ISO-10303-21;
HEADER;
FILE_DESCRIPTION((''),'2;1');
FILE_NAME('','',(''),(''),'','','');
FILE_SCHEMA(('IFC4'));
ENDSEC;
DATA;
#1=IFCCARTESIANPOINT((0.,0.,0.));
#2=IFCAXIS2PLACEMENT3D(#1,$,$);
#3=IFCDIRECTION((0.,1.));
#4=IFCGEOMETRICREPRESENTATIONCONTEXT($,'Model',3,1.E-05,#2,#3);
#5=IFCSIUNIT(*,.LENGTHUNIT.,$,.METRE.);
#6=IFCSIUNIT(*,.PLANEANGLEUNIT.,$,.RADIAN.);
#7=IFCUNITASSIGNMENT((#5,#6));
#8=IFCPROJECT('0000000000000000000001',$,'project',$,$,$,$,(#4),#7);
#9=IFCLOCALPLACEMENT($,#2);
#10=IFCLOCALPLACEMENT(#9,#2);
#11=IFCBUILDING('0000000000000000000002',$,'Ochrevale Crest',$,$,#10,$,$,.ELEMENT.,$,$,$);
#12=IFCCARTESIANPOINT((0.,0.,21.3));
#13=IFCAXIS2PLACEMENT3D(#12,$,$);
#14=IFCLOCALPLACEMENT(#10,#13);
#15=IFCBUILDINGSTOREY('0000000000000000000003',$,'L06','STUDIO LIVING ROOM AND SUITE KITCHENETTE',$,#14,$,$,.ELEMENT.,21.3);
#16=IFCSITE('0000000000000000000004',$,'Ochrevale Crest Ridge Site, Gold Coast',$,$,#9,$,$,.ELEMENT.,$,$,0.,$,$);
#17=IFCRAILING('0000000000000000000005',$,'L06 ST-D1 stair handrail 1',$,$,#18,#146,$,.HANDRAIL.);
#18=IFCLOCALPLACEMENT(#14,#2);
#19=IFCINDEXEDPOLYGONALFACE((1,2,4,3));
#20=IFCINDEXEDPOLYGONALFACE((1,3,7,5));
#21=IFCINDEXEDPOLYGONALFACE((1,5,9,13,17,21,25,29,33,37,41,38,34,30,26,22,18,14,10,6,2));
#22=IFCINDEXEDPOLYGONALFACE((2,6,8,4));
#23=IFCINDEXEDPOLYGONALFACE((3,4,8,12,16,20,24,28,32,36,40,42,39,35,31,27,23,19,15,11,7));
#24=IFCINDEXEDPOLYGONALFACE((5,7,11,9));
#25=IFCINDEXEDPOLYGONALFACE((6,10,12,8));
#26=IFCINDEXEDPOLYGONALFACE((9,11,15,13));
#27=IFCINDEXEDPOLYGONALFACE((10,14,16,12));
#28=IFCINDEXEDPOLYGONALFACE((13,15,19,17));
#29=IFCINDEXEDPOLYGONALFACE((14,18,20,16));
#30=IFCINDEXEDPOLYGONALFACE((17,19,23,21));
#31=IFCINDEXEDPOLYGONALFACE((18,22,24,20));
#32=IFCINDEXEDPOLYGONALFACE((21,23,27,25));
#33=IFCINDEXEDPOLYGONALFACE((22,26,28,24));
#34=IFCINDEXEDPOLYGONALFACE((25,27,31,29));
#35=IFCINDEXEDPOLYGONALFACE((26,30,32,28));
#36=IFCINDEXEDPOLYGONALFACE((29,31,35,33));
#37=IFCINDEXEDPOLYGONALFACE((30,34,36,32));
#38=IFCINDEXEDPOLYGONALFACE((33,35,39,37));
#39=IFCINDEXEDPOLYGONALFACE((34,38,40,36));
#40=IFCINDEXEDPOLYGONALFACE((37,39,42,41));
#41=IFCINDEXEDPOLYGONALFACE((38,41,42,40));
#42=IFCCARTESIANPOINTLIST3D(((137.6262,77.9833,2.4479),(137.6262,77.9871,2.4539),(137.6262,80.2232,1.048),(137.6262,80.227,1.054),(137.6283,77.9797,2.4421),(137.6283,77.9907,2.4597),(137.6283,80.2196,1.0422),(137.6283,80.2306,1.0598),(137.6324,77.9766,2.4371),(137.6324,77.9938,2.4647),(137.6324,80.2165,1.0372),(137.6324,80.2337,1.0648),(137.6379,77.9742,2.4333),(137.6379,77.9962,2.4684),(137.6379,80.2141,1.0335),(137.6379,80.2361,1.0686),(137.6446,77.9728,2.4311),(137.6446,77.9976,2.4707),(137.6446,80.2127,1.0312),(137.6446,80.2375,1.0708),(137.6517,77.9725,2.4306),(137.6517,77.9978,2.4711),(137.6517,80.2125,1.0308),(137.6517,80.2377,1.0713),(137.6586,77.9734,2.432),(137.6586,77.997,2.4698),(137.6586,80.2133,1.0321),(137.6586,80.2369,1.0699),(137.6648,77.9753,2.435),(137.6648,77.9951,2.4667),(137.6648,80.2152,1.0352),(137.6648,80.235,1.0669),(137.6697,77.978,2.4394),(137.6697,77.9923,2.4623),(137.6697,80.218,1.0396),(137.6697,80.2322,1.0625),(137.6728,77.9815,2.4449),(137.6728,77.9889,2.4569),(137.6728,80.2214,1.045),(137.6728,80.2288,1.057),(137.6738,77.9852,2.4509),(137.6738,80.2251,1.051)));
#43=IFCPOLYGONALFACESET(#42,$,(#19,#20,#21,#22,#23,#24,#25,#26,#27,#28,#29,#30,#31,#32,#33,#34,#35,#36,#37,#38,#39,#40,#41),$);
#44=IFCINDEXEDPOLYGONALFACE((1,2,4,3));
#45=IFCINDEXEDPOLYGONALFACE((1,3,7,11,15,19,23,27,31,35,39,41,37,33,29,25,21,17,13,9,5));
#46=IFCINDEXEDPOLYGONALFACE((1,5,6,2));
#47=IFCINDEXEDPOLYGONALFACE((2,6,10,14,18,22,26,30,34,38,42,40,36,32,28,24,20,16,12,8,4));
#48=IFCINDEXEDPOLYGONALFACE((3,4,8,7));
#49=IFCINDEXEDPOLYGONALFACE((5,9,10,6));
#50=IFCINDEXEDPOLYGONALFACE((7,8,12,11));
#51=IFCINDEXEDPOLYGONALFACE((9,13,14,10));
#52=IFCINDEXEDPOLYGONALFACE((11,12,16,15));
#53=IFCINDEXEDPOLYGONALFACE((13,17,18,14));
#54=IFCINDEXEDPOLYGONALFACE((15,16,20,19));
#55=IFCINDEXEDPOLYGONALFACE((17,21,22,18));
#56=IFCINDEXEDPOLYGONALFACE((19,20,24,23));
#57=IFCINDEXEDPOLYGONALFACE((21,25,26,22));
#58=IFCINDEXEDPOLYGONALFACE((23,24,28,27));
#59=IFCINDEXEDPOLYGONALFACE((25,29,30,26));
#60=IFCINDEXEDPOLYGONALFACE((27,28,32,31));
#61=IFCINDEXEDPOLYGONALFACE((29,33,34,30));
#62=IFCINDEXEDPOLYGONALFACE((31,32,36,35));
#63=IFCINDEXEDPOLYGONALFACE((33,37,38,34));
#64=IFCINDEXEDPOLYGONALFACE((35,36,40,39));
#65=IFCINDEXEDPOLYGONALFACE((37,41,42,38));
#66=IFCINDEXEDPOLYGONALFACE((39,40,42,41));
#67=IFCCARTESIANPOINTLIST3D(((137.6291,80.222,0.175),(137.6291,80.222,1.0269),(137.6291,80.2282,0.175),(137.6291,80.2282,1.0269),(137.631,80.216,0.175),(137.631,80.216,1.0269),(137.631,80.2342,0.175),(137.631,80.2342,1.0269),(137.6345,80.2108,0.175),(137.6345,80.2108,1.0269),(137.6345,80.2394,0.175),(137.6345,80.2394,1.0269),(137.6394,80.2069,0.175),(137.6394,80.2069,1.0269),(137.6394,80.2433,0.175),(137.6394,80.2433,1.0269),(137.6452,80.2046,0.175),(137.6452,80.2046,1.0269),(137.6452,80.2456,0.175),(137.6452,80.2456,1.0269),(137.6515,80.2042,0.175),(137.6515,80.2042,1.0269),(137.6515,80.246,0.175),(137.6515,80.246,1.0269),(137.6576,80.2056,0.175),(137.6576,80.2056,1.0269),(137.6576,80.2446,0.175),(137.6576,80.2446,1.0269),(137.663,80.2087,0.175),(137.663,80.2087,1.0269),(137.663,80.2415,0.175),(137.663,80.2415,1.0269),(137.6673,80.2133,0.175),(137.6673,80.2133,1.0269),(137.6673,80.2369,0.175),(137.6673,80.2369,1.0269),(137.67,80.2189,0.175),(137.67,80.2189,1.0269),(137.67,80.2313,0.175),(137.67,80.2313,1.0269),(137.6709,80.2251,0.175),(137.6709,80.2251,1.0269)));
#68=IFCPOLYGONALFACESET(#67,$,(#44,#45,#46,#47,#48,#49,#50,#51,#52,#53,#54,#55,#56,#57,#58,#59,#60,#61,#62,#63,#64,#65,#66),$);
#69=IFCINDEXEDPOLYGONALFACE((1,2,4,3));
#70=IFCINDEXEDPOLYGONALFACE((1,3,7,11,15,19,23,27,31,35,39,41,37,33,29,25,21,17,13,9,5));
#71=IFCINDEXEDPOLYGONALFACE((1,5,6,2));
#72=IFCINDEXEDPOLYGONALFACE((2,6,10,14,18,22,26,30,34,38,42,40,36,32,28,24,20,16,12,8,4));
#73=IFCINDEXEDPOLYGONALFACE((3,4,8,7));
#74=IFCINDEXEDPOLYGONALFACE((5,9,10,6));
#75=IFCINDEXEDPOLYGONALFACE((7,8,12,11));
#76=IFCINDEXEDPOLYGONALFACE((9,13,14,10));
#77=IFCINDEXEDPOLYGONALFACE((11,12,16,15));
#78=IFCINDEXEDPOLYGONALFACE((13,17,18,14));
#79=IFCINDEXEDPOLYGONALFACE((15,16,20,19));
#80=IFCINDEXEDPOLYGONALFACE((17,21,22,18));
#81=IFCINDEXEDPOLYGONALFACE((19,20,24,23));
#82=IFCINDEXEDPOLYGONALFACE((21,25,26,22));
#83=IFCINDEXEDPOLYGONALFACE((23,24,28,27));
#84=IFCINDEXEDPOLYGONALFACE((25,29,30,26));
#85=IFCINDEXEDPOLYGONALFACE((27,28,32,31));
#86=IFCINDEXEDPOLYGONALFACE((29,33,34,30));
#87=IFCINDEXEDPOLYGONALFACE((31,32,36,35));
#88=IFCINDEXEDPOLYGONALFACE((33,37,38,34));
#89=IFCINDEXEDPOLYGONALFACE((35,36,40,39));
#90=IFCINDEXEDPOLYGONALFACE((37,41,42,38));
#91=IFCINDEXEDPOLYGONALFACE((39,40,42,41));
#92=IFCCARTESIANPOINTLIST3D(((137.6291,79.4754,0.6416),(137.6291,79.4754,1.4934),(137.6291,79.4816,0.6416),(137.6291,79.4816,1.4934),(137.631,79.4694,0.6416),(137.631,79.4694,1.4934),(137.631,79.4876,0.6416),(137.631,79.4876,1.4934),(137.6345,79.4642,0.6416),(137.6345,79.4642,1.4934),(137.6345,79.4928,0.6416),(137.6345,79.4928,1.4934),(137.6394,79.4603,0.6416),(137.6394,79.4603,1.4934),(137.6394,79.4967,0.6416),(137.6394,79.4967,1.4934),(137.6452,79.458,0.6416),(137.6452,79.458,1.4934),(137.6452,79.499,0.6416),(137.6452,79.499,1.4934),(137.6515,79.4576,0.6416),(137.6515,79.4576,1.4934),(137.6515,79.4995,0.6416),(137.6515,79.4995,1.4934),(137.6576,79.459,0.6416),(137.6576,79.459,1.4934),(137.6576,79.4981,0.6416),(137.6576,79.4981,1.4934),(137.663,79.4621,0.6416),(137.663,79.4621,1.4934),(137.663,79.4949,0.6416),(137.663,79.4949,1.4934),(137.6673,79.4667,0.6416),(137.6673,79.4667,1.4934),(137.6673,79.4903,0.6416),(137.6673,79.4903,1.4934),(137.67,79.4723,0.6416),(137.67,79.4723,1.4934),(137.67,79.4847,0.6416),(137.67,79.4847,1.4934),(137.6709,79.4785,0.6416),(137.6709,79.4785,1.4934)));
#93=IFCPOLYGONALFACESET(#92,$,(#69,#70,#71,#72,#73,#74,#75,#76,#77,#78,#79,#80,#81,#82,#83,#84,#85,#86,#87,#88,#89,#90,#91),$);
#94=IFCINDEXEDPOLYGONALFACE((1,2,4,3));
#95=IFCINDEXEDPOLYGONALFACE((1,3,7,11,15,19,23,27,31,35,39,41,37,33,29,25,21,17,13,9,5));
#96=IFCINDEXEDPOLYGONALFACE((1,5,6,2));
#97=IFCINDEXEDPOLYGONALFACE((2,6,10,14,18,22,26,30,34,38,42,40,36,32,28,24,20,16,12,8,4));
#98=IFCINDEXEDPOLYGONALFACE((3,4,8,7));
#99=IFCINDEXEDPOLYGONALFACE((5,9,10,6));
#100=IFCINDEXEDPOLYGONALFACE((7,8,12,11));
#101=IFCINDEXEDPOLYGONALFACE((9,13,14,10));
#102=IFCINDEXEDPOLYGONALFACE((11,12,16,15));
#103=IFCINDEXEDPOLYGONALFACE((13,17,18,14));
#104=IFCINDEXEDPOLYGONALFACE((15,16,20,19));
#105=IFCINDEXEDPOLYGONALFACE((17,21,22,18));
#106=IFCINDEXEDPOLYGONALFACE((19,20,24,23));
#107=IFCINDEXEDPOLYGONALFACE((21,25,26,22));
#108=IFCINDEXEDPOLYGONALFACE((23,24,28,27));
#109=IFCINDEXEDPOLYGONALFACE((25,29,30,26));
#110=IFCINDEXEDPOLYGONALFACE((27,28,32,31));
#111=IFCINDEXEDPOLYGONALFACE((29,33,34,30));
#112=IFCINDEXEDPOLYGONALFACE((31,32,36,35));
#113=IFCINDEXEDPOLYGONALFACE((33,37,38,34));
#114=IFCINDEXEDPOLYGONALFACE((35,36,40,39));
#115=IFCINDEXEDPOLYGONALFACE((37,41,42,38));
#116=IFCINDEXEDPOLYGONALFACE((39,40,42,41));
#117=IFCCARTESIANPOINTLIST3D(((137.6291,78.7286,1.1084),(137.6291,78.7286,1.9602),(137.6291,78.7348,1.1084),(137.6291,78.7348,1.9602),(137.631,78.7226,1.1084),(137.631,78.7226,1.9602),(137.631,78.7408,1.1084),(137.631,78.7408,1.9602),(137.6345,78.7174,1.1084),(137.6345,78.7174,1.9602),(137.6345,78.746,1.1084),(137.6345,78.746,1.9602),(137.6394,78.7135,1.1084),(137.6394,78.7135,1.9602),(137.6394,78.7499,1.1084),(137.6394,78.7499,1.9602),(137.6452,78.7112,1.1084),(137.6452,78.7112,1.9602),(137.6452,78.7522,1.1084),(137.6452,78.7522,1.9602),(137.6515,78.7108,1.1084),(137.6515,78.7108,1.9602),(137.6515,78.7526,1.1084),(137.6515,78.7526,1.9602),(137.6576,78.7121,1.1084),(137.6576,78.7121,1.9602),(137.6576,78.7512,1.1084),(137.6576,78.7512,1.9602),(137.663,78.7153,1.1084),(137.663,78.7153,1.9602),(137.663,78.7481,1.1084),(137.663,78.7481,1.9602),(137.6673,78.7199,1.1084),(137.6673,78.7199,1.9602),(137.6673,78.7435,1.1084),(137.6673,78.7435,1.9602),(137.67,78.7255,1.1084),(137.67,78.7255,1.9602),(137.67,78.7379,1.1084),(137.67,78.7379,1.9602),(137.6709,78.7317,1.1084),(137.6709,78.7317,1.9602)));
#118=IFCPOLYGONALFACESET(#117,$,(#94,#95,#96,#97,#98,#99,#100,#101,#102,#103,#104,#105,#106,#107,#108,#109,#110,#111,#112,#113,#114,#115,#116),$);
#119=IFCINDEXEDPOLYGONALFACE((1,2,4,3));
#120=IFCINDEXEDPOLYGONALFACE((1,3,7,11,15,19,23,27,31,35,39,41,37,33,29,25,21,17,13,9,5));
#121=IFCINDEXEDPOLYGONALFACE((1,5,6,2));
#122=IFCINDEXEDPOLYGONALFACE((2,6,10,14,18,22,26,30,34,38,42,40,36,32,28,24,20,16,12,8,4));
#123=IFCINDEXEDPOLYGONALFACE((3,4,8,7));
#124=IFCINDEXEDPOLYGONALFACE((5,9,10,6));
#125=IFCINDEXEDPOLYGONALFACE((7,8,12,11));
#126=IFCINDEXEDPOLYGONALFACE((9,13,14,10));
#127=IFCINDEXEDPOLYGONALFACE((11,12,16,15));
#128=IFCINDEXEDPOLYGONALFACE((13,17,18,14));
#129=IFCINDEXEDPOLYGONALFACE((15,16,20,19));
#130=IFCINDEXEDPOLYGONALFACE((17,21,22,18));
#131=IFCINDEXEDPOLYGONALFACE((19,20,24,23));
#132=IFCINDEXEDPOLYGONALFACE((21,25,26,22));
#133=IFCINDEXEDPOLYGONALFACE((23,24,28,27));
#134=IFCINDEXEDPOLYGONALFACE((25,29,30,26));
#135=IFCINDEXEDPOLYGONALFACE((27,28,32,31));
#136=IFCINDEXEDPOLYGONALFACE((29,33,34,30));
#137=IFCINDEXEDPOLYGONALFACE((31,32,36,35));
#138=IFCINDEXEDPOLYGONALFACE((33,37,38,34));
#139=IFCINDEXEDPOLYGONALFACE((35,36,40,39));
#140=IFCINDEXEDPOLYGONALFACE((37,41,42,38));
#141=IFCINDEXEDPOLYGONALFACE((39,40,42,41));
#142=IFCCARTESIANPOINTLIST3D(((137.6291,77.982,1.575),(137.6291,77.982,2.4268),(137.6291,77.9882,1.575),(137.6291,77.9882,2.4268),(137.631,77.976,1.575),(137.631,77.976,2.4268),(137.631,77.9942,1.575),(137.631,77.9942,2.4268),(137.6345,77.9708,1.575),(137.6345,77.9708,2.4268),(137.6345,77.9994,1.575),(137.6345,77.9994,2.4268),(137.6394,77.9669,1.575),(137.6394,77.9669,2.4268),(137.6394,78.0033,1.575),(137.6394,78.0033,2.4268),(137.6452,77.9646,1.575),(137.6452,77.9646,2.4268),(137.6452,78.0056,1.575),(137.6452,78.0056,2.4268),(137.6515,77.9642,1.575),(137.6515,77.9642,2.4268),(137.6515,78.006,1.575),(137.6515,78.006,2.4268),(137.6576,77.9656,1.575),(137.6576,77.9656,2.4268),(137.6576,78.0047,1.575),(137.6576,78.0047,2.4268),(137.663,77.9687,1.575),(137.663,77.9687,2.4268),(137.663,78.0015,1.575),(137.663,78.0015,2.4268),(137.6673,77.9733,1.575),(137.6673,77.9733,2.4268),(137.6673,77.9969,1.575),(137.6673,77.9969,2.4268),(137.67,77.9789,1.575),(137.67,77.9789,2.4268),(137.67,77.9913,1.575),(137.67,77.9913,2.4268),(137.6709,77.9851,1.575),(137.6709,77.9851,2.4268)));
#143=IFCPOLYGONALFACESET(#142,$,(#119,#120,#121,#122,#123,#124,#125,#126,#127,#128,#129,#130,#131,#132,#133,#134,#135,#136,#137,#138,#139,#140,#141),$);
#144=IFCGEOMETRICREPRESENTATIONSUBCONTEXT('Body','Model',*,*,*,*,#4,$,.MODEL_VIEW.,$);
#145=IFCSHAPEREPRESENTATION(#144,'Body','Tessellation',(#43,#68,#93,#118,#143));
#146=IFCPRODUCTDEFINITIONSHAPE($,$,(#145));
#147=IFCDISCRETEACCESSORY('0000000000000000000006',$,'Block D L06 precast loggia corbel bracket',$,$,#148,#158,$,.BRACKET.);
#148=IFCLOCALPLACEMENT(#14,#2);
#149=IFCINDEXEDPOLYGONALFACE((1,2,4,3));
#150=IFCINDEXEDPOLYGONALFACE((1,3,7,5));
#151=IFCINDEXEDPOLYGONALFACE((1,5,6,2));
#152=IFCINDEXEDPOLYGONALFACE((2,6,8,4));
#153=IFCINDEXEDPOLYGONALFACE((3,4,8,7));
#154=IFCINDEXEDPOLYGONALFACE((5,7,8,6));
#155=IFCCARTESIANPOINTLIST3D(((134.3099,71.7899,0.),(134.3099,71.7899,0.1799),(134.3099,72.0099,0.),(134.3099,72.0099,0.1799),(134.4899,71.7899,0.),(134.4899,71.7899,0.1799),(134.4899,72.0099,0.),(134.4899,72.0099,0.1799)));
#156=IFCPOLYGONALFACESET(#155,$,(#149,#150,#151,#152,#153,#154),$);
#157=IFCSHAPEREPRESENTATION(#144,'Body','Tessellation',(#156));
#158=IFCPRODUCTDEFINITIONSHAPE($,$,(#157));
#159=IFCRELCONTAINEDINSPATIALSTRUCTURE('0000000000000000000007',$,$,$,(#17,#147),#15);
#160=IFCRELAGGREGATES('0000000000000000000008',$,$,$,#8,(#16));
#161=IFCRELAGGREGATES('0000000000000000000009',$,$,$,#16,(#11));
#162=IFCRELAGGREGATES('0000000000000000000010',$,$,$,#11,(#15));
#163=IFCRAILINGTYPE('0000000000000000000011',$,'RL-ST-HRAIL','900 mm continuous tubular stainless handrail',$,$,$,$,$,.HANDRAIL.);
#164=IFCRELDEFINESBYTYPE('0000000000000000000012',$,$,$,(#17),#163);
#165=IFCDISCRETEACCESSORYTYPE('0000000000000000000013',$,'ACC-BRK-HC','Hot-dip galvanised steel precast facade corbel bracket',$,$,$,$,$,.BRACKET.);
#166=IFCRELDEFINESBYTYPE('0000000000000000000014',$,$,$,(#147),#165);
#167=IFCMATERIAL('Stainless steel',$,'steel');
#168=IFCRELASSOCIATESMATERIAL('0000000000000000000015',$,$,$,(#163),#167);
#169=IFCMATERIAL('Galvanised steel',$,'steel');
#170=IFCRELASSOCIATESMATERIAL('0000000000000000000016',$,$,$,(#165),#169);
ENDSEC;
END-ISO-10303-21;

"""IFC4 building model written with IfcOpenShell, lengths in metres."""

from ifc_helpers import new_model, si_unit, direction, frame, origin, origin_2d, place, context, subcontext, project, spatial, rectangle, circle, extrude, material, type_object, element, save


model = new_model("IFC4")

# Units and contexts
model_context = context("Model", 3, precision=1e-05, world=origin(), true_north=direction((0.0, 1.0)))
body_context = subcontext(model_context, "Body", "Model", "MODEL_VIEW")
ifc_project = project(units=[si_unit("LENGTHUNIT", "METRE"), si_unit("PLANEANGLEUNIT", "RADIAN")], contexts=[model_context])

# Site, building, storey
site_placement = place(None, origin())
site = spatial("IfcSite", under=ifc_project, at=site_placement, Name="Ochrevale Crest Ridge Site, Gold Coast", CompositionType="ELEMENT", RefElevation=0.0)
building_placement = place(site_placement, origin())
building = spatial("IfcBuilding", under=site, at=building_placement, Name="Ochrevale Crest", CompositionType="ELEMENT")
storey_placement = place(building_placement, frame((0.0, 0.0, 21.3)))
storey = spatial("IfcBuildingStorey", under=building, at=storey_placement, Name="L06", Description="STUDIO LIVING ROOM AND SUITE KITCHENETTE", CompositionType="ELEMENT", Elevation=21.3)

# Railing
ifc_material_1 = material(Name="Galvanised steel", Category="steel")
ifc_material_2 = material(Name="Stainless steel", Category="steel")
railing_type_1 = type_object("IfcRailingType", Name="RL-ST-HRAIL", Description="900 mm continuous tubular stainless handrail", PredefinedType="HANDRAIL", material=ifc_material_2)
railing_1_placement = place(storey_placement, frame((137.6499, 80.2251, 0.175)))
element("IfcRailing", 1, at=railing_1_placement, inside=storey, type_object=railing_type_1, Name="L06 ST-D1 stair handrail 1", PredefinedType="HANDRAIL", context=body_context, shape_type="SweptSolid", body=[
    extrude(circle(Radius=0.0239, at=origin_2d()), frame((0.0, 0.0, 0.876), z_axis=(0.0, -0.848014, 0.529974), x_axis=(1.0, 0.0, 0.0)), (0.0, 0.0, 1.0), 2.6414),
    extrude(circle(Radius=0.021, at=origin_2d()), origin(), (0.0, 0.0, 1.0), 0.8518),
    extrude(circle(Radius=0.021, at=origin_2d()), frame((0.0, -0.7466, 0.4666)), (0.0, 0.0, 1.0), 0.8518),
    extrude(circle(Radius=0.021, at=origin_2d()), frame((0.0, -1.4934, 0.9333)), (0.0, 0.0, 1.0), 0.8518),
    extrude(circle(Radius=0.021, at=origin_2d()), frame((0.0, -2.24, 1.3999)), (0.0, 0.0, 1.0), 0.8518),
])

# Discrete accessory
discrete_accessory_type = type_object("IfcDiscreteAccessoryType", Name="ACC-BRK-HC", Description="Hot-dip galvanised steel precast facade corbel bracket", PredefinedType="BRACKET", material=ifc_material_1)
discrete_accessory_placement = place(storey_placement, frame((134.3999, 71.8999, 0.0), z_axis=(0.0, 0.0, 1.0), x_axis=(1.0, 0.0, 0.0)))
element("IfcDiscreteAccessory", 2, at=discrete_accessory_placement, inside=storey, type_object=discrete_accessory_type, Name="Block D L06 precast loggia corbel bracket", PredefinedType="BRACKET", context=body_context, shape_type="SweptSolid", body=[
    extrude(rectangle(XDim=0.1799, YDim=0.22, at=origin_2d()), origin(), (0.0, 0.0, 1.0), 0.1799),
])

save(model, "model.ifc")
